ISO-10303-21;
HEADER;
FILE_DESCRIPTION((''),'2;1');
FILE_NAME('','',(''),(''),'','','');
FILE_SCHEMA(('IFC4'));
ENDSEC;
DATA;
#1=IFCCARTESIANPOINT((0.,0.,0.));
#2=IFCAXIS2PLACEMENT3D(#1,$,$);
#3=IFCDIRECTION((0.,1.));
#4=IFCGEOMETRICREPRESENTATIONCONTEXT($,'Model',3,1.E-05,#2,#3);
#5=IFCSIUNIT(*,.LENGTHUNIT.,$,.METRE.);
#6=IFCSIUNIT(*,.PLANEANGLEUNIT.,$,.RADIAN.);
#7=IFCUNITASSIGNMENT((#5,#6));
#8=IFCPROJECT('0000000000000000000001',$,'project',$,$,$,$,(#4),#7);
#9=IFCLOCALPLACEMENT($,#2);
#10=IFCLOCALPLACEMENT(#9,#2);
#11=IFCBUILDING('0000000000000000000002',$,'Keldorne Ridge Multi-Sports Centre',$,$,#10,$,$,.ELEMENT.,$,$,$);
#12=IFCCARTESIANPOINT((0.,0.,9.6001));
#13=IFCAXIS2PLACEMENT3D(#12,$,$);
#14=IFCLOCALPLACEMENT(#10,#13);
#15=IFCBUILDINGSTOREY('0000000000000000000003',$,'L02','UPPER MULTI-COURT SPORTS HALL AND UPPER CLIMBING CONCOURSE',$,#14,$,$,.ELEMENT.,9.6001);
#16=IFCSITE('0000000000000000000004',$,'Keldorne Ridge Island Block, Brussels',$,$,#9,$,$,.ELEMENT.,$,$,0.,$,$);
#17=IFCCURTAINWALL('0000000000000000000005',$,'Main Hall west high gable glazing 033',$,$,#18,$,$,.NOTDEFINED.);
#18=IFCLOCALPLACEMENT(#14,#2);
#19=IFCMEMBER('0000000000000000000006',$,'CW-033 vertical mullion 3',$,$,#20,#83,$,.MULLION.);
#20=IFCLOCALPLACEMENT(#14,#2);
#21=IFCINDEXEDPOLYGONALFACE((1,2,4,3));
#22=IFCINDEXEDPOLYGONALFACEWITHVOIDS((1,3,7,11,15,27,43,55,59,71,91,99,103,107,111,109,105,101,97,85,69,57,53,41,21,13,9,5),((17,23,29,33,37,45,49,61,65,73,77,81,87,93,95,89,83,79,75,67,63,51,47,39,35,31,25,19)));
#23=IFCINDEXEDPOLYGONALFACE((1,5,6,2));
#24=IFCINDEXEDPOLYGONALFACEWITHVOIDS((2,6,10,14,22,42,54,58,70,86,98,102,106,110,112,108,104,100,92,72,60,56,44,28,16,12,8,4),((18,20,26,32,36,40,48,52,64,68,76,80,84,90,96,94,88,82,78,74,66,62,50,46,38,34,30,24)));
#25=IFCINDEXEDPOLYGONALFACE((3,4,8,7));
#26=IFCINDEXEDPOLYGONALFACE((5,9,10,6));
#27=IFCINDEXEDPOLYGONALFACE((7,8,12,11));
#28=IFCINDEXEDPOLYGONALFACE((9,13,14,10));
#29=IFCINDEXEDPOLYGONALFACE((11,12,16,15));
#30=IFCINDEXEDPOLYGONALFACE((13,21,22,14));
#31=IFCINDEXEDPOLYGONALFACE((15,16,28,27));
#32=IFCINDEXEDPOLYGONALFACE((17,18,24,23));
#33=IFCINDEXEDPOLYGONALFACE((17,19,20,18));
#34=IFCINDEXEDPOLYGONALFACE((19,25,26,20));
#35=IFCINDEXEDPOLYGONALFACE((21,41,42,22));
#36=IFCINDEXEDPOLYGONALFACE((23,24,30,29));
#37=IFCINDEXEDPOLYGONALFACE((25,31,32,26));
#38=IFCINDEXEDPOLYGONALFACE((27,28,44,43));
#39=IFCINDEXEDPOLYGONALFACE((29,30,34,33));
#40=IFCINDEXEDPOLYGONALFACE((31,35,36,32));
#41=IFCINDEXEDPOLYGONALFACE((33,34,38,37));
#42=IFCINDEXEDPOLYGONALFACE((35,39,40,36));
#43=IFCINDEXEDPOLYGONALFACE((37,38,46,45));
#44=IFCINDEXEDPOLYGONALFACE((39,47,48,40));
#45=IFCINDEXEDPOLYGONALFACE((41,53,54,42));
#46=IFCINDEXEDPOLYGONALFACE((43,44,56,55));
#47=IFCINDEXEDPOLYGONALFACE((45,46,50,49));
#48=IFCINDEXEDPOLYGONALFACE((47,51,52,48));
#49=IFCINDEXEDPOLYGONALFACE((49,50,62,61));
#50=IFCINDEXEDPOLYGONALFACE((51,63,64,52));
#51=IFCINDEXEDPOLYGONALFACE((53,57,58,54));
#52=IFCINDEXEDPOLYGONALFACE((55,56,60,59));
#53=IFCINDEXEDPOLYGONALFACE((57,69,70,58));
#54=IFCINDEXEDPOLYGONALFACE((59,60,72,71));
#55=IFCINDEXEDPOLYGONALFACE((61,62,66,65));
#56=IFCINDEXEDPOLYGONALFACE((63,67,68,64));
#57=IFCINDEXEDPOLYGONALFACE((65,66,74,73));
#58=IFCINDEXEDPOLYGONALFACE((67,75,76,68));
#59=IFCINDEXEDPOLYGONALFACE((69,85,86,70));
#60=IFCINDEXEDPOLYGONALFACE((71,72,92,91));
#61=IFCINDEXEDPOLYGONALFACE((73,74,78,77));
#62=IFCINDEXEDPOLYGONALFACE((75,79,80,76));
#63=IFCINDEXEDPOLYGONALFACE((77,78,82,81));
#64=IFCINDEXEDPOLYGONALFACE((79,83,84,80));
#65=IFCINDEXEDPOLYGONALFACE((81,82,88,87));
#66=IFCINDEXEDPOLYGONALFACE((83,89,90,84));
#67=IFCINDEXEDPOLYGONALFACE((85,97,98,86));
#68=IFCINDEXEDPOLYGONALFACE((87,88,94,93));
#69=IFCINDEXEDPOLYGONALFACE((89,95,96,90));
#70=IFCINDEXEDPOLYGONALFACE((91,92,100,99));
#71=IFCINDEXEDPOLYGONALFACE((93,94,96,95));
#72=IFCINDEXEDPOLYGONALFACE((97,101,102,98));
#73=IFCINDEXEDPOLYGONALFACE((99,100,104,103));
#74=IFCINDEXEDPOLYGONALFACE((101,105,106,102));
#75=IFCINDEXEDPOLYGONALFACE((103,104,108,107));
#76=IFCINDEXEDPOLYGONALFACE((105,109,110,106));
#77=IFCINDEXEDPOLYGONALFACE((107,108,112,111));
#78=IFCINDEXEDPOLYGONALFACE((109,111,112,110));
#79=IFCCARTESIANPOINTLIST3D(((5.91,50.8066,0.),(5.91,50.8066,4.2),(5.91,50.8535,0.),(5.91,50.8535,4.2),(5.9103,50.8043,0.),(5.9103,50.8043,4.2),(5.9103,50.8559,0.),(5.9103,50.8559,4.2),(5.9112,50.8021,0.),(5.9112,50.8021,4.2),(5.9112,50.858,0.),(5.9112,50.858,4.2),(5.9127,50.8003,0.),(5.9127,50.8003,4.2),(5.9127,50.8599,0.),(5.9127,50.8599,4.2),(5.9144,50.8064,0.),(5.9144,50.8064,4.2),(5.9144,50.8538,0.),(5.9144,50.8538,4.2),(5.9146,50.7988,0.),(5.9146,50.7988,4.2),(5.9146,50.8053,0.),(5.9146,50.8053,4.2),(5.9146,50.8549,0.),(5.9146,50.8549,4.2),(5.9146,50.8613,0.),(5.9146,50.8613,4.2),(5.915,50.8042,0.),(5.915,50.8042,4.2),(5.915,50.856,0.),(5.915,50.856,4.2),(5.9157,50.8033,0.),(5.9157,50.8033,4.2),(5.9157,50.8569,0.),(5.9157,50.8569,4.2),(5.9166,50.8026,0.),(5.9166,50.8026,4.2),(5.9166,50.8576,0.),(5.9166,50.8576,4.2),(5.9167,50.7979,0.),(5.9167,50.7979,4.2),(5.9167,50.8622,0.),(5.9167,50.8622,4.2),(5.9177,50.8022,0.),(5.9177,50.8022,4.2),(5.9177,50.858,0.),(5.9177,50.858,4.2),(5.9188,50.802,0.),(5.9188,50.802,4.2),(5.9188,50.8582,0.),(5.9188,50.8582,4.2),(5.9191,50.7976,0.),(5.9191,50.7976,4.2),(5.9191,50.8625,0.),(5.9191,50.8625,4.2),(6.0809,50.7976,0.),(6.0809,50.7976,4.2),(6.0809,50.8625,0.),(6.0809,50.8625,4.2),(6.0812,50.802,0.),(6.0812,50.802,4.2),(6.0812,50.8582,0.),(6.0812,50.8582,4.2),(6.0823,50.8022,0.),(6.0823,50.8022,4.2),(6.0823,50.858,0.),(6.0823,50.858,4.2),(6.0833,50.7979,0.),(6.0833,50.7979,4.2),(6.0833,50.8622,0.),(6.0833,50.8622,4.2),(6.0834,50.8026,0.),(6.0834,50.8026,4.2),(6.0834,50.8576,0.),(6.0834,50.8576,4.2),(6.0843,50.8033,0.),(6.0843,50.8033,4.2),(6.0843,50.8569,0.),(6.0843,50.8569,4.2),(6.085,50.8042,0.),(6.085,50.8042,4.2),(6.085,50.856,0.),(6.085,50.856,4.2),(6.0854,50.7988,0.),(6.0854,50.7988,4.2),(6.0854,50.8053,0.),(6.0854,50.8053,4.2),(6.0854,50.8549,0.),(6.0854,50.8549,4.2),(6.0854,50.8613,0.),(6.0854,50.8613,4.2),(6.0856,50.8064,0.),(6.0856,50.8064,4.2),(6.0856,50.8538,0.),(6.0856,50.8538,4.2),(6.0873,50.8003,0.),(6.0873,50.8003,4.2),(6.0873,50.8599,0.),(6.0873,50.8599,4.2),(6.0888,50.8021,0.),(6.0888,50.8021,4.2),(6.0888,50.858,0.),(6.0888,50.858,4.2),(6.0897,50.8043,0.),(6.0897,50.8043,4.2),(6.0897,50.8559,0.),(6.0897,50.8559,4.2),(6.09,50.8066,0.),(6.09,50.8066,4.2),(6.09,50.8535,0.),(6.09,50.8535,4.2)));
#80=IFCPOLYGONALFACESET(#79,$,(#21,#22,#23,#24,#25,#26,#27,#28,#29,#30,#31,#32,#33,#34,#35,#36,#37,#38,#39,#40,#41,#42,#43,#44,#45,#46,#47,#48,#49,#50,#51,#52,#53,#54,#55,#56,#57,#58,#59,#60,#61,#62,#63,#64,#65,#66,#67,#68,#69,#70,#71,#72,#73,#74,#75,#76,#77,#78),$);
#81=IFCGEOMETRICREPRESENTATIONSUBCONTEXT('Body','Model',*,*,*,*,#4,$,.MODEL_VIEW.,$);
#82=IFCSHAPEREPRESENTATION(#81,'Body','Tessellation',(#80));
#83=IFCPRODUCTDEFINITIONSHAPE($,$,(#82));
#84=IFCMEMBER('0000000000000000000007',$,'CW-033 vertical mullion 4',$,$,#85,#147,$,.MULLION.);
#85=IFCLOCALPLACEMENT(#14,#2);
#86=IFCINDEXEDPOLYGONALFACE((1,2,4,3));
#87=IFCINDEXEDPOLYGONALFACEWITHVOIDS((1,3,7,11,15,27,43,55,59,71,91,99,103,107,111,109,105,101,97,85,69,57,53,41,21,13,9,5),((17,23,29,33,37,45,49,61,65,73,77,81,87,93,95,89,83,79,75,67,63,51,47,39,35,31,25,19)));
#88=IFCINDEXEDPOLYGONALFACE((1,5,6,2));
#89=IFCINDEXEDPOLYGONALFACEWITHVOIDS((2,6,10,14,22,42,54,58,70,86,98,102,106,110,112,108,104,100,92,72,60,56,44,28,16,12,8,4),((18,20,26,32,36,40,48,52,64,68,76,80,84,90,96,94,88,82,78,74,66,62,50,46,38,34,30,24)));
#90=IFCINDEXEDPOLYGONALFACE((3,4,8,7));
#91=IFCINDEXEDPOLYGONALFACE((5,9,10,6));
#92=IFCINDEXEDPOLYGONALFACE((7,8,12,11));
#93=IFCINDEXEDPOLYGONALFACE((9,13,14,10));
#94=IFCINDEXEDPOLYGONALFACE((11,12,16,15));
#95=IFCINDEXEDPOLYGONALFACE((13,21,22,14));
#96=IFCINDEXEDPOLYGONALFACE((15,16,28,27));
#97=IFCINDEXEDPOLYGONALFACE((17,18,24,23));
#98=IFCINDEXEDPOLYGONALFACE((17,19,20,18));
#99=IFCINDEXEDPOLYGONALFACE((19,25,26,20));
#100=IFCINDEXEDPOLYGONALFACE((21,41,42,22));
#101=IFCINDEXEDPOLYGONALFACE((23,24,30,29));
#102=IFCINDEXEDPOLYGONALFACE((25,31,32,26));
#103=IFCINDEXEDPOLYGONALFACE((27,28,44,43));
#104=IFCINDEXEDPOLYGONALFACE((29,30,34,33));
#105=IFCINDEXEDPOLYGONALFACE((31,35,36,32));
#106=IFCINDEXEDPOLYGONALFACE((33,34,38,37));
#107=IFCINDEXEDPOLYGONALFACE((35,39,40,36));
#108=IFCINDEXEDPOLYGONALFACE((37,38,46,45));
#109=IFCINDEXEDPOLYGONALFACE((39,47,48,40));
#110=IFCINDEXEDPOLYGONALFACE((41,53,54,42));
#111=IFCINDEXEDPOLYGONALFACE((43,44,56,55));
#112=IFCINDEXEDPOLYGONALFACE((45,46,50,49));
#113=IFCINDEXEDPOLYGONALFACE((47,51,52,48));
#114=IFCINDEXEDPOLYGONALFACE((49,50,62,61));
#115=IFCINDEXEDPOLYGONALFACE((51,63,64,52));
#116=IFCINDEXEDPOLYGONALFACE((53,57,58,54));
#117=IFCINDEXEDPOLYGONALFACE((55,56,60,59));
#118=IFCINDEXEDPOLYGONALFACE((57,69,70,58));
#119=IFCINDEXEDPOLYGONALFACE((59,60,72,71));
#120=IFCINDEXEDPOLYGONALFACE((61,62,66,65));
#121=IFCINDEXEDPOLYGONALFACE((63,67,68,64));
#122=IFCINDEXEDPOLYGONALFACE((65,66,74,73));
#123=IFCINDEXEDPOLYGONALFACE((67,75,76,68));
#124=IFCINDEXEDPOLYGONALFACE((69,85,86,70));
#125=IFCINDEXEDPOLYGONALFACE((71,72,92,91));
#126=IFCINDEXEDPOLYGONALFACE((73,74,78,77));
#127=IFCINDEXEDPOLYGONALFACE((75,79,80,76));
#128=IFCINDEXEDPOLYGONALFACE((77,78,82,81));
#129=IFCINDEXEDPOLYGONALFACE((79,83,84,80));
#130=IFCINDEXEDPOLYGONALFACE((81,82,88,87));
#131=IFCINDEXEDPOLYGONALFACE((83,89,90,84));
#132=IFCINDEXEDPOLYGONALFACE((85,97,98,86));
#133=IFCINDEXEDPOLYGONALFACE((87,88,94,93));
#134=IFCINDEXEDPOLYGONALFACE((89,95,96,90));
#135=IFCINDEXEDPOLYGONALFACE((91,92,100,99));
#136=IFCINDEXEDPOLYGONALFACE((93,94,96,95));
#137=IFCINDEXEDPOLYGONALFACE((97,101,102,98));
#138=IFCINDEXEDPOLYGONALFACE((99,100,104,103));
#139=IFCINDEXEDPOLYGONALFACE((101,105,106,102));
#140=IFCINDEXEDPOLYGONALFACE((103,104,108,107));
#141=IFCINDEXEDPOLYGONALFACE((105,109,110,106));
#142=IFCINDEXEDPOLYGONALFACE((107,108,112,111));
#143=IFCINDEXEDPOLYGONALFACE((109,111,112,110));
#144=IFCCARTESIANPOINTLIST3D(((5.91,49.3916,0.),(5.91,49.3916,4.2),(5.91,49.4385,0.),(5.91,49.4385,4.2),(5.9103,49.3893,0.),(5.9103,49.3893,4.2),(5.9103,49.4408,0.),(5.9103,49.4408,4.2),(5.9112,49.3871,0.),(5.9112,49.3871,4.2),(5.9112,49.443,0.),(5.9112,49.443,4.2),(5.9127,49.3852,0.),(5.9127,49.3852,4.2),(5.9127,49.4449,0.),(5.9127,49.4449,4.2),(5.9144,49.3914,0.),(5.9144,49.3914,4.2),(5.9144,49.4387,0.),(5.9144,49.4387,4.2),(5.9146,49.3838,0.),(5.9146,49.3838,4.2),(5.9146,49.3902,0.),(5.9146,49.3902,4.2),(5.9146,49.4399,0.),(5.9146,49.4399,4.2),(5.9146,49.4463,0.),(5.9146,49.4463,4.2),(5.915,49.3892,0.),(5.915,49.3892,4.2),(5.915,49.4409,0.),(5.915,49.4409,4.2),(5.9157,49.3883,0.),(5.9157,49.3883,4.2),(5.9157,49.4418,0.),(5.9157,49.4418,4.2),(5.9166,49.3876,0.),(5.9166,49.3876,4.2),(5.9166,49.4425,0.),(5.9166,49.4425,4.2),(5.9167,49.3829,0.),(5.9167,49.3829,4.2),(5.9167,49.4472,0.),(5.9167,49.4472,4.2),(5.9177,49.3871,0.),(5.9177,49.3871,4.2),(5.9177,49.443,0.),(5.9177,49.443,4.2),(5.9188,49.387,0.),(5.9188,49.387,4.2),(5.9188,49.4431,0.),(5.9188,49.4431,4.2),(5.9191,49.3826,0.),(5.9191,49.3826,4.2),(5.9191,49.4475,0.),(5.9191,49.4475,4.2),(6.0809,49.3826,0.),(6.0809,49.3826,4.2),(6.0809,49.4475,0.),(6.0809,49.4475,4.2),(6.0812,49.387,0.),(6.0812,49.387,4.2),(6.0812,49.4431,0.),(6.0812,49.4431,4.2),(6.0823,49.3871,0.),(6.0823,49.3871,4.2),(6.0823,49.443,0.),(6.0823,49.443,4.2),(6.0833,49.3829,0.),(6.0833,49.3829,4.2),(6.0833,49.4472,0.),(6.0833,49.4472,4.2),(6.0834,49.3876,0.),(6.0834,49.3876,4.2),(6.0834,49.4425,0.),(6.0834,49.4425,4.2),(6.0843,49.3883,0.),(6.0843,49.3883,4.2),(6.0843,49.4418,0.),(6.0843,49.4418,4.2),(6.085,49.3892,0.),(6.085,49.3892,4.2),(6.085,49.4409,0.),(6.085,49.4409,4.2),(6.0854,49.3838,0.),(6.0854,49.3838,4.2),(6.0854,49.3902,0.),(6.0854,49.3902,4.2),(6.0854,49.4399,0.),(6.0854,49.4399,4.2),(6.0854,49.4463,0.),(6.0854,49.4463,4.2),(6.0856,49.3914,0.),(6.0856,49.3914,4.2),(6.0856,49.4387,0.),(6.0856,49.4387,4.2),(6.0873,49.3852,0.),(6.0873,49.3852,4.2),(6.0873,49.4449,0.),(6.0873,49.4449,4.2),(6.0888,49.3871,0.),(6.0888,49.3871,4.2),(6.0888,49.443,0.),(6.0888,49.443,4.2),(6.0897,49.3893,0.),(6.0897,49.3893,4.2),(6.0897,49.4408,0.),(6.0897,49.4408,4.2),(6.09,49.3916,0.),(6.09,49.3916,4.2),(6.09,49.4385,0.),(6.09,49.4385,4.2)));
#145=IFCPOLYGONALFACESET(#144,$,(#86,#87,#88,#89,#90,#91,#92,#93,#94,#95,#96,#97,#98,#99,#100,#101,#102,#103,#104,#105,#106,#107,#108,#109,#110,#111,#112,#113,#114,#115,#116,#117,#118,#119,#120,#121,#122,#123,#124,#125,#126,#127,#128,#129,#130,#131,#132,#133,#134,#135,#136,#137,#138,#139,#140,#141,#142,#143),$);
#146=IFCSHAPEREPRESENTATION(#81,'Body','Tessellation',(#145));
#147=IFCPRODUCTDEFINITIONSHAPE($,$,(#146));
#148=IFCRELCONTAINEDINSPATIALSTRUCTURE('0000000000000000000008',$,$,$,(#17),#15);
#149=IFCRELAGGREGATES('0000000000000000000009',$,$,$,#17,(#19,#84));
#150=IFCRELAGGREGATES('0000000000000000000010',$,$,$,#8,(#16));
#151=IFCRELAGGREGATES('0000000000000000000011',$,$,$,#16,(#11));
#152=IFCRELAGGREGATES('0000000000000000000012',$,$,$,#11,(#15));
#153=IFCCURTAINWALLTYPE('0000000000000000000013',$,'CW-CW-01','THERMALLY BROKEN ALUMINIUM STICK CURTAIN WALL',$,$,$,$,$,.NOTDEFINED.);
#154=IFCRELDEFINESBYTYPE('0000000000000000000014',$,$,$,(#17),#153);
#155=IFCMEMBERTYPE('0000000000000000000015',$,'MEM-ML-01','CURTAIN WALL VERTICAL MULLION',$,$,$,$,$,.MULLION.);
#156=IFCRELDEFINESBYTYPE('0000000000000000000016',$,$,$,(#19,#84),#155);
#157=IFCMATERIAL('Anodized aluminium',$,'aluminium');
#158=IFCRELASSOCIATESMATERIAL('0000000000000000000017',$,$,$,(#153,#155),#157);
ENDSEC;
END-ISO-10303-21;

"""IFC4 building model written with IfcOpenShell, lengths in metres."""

from ifc_helpers import new_model, si_unit, direction, frame, origin, origin_2d, place, context, subcontext, project, spatial, hollow_rectangle, extrude, material, material_profile, profile_set, type_object, element, aggregate, save


model = new_model("IFC4")

# Units and contexts
model_context = context("Model", 3, precision=1e-05, world=origin(), true_north=direction((0.0, 1.0)))
body_context = subcontext(model_context, "Body", "Model", "MODEL_VIEW")
ifc_project = project(units=[si_unit("LENGTHUNIT", "METRE"), si_unit("PLANEANGLEUNIT", "RADIAN")], contexts=[model_context])

# Site, building, storey
site_placement = place(None, origin())
site = spatial("IfcSite", under=ifc_project, at=site_placement, Name="Keldorne Ridge Island Block, Brussels", CompositionType="ELEMENT", RefElevation=0.0)
building_placement = place(site_placement, origin())
building = spatial("IfcBuilding", under=site, at=building_placement, Name="Keldorne Ridge Multi-Sports Centre", CompositionType="ELEMENT")
storey_placement = place(building_placement, frame((0.0, 0.0, 9.6001)))
storey = spatial("IfcBuildingStorey", under=building, at=storey_placement, Name="L02", Description="UPPER MULTI-COURT SPORTS HALL AND UPPER CLIMBING CONCOURSE", CompositionType="ELEMENT", Elevation=9.6001)

# Curtain wall, members
ifc_material_1 = material(Name="Anodized aluminium", Category="aluminium")
curtain_wall_type = type_object("IfcCurtainWallType", Name="CW-CW-01", Description="THERMALLY BROKEN ALUMINIUM STICK CURTAIN WALL", PredefinedType="NOTDEFINED", material=ifc_material_1)
curtain_wall_placement = place(storey_placement, origin())
curtain_wall = element("IfcCurtainWall", 1, at=curtain_wall_placement, inside=storey, type_object=curtain_wall_type, Name="Main Hall west high gable glazing 033", PredefinedType="NOTDEFINED")
ifc_material_profile_1 = material_profile(ifc_material_1, hollow_rectangle(XDim=0.0649, YDim=0.1799, WallThickness=0.0044, InnerFilletRadius=0.0044, OuterFilletRadius=0.009, at=origin_2d()), Name="ALU MULLION 180x65x4.5")
ifc_profile_set_1 = profile_set([ifc_material_profile_1], Name="Anodized aluminium")
member_type_1 = type_object("IfcMemberType", Name="MEM-ML-01", Description="CURTAIN WALL VERTICAL MULLION", PredefinedType="MULLION", material=ifc_profile_set_1)
member_1_placement = place(storey_placement, frame((6.0, 50.8301, 0.0), z_axis=(0.0, 0.0, 1.0), x_axis=(0.0, 1.0, 0.0)))
member_1 = element("IfcMember", 2, at=member_1_placement, type_object=member_type_1, Name="CW-033 vertical mullion 3", PredefinedType="MULLION", context=body_context, shape_type="SweptSolid", body=[
    extrude(hollow_rectangle(XDim=0.0649, YDim=0.1799, WallThickness=0.0044, InnerFilletRadius=0.0044, OuterFilletRadius=0.009, at=origin_2d()), origin(), (0.0, 0.0, 1.0), 4.2),
])
member_2_placement = place(storey_placement, frame((6.0, 49.415, 0.0), z_axis=(0.0, 0.0, 1.0), x_axis=(0.0, 1.0, 0.0)))
member_2 = element("IfcMember", 3, at=member_2_placement, type_object=member_type_1, Name="CW-033 vertical mullion 4", PredefinedType="MULLION", context=body_context, shape_type="SweptSolid", body=[
    extrude(hollow_rectangle(XDim=0.0649, YDim=0.1799, WallThickness=0.0044, InnerFilletRadius=0.0044, OuterFilletRadius=0.009, at=origin_2d()), origin(), (0.0, 0.0, 1.0), 4.2),
])
aggregate(curtain_wall, [member_1, member_2])

save(model, "model.ifc")
